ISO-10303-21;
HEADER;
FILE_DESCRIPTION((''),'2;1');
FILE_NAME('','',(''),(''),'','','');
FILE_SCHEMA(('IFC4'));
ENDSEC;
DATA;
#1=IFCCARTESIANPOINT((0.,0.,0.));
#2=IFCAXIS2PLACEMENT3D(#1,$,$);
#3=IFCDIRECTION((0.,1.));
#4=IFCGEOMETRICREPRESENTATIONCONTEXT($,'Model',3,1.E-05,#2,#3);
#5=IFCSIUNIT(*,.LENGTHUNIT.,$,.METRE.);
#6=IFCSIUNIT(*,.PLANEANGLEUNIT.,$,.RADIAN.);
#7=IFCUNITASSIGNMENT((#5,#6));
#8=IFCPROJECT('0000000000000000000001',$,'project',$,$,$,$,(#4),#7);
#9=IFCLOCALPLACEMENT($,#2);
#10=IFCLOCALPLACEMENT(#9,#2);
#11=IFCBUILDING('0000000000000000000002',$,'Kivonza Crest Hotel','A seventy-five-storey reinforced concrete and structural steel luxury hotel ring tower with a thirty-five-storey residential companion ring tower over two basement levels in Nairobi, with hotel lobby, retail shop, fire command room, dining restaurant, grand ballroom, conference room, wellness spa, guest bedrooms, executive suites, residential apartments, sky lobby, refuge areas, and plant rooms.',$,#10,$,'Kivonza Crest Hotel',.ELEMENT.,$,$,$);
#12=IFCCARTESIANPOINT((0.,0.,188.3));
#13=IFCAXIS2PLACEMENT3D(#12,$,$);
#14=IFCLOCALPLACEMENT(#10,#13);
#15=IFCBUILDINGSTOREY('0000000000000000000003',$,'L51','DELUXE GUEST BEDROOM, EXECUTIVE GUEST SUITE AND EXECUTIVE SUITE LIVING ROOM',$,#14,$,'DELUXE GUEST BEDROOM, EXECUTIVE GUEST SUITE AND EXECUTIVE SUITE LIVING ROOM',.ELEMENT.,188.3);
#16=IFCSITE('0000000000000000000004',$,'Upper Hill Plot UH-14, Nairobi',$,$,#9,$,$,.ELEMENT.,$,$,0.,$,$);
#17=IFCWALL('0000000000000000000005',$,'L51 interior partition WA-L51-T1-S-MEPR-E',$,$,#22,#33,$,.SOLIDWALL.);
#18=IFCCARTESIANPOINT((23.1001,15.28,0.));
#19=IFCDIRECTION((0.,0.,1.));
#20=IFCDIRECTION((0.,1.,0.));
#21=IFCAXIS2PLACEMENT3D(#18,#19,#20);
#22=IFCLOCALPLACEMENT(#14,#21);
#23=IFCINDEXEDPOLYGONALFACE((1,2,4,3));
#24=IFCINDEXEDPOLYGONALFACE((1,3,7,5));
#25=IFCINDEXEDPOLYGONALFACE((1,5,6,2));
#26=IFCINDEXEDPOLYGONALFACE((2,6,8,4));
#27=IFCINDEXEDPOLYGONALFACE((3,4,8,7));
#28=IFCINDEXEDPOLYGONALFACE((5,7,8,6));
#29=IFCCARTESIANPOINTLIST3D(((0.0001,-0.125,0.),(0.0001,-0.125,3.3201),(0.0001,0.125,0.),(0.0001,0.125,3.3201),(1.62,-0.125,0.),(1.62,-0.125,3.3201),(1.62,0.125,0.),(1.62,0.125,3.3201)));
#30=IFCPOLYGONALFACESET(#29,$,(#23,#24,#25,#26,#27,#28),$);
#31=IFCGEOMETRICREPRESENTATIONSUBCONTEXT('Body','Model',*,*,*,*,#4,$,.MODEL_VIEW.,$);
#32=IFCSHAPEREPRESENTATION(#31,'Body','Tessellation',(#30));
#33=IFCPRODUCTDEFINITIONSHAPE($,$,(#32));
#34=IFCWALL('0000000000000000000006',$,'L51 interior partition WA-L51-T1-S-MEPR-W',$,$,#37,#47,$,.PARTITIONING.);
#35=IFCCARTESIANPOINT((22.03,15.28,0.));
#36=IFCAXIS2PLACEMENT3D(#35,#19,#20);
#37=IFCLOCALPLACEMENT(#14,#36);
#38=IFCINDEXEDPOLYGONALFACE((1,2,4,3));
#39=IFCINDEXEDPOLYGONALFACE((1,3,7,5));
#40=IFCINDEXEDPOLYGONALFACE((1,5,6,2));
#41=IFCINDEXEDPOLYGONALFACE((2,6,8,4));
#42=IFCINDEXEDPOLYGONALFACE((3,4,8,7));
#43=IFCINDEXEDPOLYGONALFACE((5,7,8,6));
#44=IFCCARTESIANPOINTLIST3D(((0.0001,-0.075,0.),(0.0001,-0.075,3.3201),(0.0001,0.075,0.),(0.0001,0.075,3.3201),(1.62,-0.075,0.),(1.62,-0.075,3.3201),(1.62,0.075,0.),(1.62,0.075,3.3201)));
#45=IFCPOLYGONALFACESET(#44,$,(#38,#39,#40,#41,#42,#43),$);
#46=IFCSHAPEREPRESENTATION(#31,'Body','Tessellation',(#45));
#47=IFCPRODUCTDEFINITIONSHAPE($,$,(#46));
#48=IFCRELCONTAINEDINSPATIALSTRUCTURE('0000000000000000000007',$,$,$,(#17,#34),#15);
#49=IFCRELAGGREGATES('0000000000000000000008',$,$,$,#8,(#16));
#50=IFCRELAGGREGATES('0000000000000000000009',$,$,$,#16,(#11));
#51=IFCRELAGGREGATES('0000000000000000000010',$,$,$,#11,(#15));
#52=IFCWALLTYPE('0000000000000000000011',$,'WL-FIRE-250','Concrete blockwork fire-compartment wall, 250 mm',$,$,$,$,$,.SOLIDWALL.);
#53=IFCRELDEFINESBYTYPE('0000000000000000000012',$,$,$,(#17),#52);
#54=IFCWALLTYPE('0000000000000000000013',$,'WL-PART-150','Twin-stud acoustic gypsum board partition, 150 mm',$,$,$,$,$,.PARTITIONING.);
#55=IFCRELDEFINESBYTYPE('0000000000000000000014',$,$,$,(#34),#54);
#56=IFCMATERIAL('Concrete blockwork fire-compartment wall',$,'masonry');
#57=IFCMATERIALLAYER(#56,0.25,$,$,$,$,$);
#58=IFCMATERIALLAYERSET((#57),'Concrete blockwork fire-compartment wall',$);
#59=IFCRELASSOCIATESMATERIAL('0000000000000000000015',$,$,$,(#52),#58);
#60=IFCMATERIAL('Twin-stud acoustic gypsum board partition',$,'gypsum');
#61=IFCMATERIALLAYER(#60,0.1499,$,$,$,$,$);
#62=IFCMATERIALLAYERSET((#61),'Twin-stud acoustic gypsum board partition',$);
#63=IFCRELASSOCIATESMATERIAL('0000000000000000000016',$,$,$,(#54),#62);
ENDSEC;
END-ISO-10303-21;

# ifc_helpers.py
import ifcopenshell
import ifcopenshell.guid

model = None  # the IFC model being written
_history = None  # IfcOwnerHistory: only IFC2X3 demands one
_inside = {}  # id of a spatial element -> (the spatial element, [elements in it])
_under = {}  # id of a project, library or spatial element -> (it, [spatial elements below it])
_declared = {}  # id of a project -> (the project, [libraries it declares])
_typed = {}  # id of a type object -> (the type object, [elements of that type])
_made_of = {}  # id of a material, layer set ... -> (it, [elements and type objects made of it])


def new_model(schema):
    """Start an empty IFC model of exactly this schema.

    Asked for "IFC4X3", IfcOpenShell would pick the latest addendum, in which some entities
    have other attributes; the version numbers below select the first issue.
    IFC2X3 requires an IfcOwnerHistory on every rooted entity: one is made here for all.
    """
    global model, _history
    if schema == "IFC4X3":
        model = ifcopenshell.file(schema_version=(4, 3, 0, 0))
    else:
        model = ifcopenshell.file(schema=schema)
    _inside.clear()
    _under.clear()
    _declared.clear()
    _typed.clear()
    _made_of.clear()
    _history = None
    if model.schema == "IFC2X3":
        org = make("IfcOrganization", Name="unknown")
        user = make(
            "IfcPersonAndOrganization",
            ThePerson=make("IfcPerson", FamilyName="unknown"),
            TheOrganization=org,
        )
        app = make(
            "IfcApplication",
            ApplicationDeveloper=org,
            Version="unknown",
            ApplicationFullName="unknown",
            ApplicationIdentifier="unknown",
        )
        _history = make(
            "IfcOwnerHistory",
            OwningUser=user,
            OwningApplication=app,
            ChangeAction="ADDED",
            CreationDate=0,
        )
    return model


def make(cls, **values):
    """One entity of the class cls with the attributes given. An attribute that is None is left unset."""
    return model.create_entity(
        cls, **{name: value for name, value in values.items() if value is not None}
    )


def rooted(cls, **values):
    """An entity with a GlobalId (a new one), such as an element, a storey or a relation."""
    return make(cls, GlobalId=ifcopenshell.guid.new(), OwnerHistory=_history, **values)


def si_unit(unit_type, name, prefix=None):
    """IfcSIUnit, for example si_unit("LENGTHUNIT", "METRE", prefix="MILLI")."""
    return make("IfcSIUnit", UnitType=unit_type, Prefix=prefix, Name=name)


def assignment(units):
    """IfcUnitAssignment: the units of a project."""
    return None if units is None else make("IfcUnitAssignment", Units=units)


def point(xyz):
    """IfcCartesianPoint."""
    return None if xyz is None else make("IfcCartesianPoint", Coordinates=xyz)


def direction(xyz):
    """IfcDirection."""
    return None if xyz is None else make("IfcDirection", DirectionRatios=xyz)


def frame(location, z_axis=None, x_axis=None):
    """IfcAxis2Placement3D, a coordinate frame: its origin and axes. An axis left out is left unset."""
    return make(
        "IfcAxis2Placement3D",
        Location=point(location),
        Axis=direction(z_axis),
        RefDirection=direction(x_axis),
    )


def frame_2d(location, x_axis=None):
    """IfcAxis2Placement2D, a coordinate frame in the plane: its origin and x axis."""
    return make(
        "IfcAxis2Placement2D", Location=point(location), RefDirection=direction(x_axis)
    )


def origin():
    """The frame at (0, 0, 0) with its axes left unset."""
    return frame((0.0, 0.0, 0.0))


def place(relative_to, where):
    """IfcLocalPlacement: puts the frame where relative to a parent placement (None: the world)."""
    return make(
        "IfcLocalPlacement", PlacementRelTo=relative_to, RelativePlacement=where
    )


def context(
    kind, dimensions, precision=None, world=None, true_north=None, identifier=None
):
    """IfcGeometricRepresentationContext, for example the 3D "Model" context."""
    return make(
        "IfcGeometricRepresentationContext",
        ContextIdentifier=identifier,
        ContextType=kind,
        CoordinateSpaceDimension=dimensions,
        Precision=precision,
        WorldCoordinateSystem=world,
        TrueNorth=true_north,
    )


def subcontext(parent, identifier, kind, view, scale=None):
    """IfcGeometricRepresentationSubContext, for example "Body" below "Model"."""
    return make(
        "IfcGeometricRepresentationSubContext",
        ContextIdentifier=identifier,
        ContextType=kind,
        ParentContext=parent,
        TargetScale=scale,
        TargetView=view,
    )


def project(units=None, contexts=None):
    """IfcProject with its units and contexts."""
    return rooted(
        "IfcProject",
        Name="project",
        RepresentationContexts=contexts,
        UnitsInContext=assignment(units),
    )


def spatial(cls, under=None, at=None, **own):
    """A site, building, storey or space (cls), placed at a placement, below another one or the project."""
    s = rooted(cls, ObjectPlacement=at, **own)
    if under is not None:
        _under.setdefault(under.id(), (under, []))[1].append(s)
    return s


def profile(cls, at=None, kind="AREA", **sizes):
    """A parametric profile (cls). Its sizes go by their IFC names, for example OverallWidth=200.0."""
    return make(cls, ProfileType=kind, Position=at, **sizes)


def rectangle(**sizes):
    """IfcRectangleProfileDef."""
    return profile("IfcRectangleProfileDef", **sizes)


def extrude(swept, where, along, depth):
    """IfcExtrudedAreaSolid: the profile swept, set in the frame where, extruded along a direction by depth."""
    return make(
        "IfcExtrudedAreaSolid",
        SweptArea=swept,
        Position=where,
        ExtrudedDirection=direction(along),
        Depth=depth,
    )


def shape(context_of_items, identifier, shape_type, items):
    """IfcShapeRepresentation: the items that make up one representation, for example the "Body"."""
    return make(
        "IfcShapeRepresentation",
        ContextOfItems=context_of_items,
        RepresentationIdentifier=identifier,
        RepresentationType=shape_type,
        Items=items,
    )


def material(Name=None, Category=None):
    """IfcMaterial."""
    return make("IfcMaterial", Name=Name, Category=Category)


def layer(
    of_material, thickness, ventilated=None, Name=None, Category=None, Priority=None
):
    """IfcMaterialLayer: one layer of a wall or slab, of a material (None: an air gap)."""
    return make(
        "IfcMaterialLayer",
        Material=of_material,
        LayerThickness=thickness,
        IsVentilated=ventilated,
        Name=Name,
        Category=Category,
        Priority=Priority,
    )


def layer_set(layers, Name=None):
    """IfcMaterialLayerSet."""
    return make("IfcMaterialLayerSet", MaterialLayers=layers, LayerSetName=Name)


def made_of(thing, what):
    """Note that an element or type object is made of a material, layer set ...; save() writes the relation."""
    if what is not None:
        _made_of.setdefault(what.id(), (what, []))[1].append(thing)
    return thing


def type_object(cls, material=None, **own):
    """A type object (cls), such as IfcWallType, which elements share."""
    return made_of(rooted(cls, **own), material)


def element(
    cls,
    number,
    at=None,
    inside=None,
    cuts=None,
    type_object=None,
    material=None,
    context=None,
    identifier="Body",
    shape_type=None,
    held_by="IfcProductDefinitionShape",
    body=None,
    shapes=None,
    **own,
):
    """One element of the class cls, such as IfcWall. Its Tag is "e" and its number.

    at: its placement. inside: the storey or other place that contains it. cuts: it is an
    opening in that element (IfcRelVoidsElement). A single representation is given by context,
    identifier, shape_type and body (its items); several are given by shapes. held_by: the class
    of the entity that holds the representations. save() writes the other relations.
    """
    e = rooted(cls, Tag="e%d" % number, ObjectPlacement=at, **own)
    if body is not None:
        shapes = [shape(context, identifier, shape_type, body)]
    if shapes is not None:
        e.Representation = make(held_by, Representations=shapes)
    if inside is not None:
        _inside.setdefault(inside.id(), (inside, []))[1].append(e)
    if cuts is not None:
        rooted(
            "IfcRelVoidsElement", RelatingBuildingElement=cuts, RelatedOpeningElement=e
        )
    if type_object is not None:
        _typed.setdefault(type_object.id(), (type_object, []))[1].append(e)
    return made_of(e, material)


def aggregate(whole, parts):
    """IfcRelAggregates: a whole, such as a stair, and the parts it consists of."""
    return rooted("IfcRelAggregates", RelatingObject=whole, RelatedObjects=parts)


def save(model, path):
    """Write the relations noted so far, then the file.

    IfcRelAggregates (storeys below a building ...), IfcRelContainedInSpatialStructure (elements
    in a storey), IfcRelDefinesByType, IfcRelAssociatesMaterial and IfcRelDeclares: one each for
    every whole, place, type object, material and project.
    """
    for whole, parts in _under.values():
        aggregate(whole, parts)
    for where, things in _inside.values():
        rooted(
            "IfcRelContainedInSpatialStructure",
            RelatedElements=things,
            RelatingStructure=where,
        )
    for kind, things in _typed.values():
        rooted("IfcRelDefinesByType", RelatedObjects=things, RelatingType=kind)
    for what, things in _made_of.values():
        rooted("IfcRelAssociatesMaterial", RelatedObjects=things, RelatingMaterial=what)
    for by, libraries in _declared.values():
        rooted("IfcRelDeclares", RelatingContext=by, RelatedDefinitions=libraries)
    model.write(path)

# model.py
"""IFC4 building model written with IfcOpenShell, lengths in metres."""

from ifc_helpers import new_model, si_unit, direction, frame, frame_2d, origin, place, context, subcontext, project, spatial, rectangle, extrude, material, layer, layer_set, type_object, element, save


model = new_model("IFC4")

# Units and contexts
model_context = context("Model", 3, precision=1e-05, world=origin(), true_north=direction((0.0, 1.0)))
body_context = subcontext(model_context, "Body", "Model", "MODEL_VIEW")
ifc_project = project(units=[si_unit("LENGTHUNIT", "METRE"), si_unit("PLANEANGLEUNIT", "RADIAN")], contexts=[model_context])

# Site, building, storey
site_placement = place(None, origin())
site = spatial("IfcSite", under=ifc_project, at=site_placement, Name="Upper Hill Plot UH-14, Nairobi", CompositionType="ELEMENT", RefElevation=0.0)
building_placement = place(site_placement, origin())
building = spatial("IfcBuilding", under=site, at=building_placement, Name="Kivonza Crest Hotel", Description="A seventy-five-storey reinforced concrete and structural steel luxury hotel ring tower with a thirty-five-storey residential companion ring tower over two basement levels in Nairobi, with hotel lobby, retail shop, fire command room, dining restaurant, grand ballroom, conference room, wellness spa, guest bedrooms, executive suites, residential apartments, sky lobby, refuge areas, and plant rooms.", LongName="Kivonza Crest Hotel", CompositionType="ELEMENT")
storey_placement = place(building_placement, frame((0.0, 0.0, 188.3)))
storey = spatial("IfcBuildingStorey", under=building, at=storey_placement, Name="L51", Description="DELUXE GUEST BEDROOM, EXECUTIVE GUEST SUITE AND EXECUTIVE SUITE LIVING ROOM", LongName="DELUXE GUEST BEDROOM, EXECUTIVE GUEST SUITE AND EXECUTIVE SUITE LIVING ROOM", CompositionType="ELEMENT", Elevation=188.3)

# Walls
ifc_material_1 = material(Name="Concrete blockwork fire-compartment wall", Category="masonry")
ifc_layer_1 = layer(ifc_material_1, 0.25)
ifc_layer_set_1 = layer_set([ifc_layer_1], Name="Concrete blockwork fire-compartment wall")
wall_type_1 = type_object("IfcWallType", Name="WL-FIRE-250", Description="Concrete blockwork fire-compartment wall, 250 mm", PredefinedType="SOLIDWALL", material=ifc_layer_set_1)
wall_1_placement = place(storey_placement, frame((23.1001, 15.28, 0.0), z_axis=(0.0, 0.0, 1.0), x_axis=(0.0, 1.0, 0.0)))
element("IfcWall", 1, at=wall_1_placement, inside=storey, type_object=wall_type_1, Name="L51 interior partition WA-L51-T1-S-MEPR-E", PredefinedType="SOLIDWALL", context=body_context, shape_type="SweptSolid", body=[
    extrude(rectangle(XDim=1.6199, YDim=0.25, at=frame_2d((0.8101, 0.0))), origin(), (0.0, 0.0, 1.0), 3.3201),
])
ifc_material_2 = material(Name="Twin-stud acoustic gypsum board partition", Category="gypsum")
ifc_layer_2 = layer(ifc_material_2, 0.1499)
ifc_layer_set_2 = layer_set([ifc_layer_2], Name="Twin-stud acoustic gypsum board partition")
wall_type_2 = type_object("IfcWallType", Name="WL-PART-150", Description="Twin-stud acoustic gypsum board partition, 150 mm", PredefinedType="PARTITIONING", material=ifc_layer_set_2)
wall_2_placement = place(storey_placement, frame((22.03, 15.28, 0.0), z_axis=(0.0, 0.0, 1.0), x_axis=(0.0, 1.0, 0.0)))
element("IfcWall", 2, at=wall_2_placement, inside=storey, type_object=wall_type_2, Name="L51 interior partition WA-L51-T1-S-MEPR-W", PredefinedType="PARTITIONING", context=body_context, shape_type="SweptSolid", body=[
    extrude(rectangle(XDim=1.6199, YDim=0.1499, at=frame_2d((0.8101, 0.0))), origin(), (0.0, 0.0, 1.0), 3.3201),
])

save(model, "model.ifc")
